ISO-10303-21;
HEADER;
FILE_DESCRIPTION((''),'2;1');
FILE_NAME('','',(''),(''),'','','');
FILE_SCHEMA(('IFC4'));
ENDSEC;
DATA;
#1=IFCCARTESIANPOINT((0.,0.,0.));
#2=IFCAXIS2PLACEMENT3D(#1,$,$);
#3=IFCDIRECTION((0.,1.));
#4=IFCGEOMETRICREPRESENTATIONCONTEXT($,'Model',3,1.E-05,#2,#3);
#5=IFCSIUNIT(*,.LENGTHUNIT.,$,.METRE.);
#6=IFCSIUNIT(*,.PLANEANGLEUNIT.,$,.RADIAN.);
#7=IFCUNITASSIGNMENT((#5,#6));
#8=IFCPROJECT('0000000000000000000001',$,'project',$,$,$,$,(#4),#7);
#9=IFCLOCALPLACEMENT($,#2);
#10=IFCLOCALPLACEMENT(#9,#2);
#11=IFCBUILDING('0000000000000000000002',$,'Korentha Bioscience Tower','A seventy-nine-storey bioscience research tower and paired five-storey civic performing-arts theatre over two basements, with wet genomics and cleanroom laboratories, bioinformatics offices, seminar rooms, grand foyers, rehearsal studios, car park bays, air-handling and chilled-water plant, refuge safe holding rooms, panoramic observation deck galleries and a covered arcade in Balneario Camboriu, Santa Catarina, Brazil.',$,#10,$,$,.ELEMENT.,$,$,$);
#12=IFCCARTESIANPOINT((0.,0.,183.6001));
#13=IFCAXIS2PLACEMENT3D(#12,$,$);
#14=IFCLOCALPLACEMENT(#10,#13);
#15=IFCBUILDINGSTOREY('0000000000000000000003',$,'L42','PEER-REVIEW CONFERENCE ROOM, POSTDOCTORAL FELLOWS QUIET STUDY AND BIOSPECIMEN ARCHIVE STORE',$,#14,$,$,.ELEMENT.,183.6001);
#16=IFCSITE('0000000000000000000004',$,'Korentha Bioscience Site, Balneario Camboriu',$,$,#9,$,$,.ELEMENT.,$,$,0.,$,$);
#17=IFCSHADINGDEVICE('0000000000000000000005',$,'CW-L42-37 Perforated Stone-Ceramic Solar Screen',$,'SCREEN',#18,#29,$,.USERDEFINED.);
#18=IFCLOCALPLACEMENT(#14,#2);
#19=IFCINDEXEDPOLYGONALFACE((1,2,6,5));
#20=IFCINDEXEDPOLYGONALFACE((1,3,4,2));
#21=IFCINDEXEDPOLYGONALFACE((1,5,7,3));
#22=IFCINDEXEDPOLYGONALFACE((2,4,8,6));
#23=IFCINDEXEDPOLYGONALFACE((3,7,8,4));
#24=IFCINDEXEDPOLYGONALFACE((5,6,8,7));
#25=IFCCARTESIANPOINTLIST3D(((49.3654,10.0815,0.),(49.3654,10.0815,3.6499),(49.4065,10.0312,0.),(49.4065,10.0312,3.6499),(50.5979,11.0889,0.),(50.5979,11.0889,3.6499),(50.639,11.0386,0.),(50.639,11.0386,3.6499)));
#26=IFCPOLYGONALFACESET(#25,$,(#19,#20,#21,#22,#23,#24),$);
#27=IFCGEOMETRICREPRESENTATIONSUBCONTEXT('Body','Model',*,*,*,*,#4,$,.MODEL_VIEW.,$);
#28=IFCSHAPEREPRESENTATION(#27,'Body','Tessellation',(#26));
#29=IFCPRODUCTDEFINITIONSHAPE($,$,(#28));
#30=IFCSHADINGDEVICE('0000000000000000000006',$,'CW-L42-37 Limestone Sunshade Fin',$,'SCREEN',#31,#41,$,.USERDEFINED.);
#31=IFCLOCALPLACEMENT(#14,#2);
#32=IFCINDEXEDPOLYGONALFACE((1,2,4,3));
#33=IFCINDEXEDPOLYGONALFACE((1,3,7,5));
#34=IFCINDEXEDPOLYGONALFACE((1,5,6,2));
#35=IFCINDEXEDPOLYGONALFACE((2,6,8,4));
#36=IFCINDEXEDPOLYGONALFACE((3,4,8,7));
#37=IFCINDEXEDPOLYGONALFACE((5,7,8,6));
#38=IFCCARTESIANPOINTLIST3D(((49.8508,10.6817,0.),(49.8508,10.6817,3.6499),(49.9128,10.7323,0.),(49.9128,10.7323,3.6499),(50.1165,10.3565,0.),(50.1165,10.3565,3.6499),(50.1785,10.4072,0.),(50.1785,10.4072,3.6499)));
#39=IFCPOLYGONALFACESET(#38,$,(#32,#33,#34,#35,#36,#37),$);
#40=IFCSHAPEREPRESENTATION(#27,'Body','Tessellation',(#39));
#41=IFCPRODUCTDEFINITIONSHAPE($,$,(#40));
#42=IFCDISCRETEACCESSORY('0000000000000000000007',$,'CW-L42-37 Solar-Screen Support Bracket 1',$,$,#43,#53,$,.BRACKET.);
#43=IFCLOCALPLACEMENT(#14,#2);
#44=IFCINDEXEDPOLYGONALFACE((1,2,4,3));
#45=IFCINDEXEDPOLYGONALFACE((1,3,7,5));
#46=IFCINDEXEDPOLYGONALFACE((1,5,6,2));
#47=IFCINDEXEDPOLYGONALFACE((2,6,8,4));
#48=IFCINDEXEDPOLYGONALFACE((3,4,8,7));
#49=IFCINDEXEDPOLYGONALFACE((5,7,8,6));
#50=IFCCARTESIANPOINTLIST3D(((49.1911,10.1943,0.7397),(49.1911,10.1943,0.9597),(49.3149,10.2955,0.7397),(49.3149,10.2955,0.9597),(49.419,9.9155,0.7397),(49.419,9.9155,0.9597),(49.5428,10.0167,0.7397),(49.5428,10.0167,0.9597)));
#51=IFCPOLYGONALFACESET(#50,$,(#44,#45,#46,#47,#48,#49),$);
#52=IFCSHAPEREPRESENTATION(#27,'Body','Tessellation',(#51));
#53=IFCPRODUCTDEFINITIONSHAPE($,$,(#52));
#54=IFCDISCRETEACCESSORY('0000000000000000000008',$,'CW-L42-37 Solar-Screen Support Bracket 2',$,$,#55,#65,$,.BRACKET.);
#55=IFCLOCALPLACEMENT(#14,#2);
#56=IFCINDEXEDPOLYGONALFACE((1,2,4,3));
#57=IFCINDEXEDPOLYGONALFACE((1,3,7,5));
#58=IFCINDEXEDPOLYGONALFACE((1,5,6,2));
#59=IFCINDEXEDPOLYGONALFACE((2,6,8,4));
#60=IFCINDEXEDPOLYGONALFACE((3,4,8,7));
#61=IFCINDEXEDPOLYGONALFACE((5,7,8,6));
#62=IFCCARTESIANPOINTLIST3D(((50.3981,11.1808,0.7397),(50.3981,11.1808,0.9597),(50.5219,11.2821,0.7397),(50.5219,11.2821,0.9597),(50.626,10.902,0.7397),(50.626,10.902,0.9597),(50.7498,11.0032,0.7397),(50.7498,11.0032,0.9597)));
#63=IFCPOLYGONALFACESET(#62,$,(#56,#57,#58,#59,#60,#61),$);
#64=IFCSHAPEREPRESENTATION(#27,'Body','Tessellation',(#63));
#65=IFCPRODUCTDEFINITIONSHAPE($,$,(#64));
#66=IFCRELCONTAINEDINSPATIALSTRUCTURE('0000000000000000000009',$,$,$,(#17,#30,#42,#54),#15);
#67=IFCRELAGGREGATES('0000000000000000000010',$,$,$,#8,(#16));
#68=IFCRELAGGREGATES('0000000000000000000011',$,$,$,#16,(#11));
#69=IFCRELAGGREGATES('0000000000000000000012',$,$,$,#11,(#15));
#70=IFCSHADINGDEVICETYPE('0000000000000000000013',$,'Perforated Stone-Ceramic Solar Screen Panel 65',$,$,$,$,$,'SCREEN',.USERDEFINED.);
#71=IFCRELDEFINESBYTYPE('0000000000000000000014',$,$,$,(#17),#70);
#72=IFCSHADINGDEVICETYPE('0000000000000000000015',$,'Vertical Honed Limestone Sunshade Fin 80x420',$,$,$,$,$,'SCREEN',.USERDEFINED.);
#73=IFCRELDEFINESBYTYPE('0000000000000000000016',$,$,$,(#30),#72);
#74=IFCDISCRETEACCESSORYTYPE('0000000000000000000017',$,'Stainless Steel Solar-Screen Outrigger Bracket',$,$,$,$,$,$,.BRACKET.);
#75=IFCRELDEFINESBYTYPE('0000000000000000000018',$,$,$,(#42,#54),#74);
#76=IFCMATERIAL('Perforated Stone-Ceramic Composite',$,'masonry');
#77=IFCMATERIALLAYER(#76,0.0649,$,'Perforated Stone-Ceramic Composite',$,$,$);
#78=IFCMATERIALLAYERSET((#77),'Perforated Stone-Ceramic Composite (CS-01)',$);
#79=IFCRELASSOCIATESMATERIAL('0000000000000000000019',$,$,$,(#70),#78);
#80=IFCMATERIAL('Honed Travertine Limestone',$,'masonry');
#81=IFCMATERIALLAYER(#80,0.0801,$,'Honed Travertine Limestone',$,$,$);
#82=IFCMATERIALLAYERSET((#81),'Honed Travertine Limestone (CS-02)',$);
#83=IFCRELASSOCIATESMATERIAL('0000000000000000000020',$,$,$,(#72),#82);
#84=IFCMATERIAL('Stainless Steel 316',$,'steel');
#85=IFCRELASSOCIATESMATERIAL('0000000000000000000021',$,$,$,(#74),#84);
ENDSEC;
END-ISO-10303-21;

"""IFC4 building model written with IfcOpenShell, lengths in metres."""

from ifc_helpers import new_model, si_unit, direction, frame, origin, origin_2d, place, context, subcontext, project, spatial, rectangle, extrude, material, layer, layer_set, type_object, element, save


model = new_model("IFC4")

# Units and contexts
model_context = context("Model", 3, precision=1e-05, world=origin(), true_north=direction((0.0, 1.0)))
body_context = subcontext(model_context, "Body", "Model", "MODEL_VIEW")
ifc_project = project(units=[si_unit("LENGTHUNIT", "METRE"), si_unit("PLANEANGLEUNIT", "RADIAN")], contexts=[model_context])

# Site, building, storey
site_placement = place(None, origin())
site = spatial("IfcSite", under=ifc_project, at=site_placement, Name="Korentha Bioscience Site, Balneario Camboriu", CompositionType="ELEMENT", RefElevation=0.0)
building_placement = place(site_placement, origin())
building = spatial("IfcBuilding", under=site, at=building_placement, Name="Korentha Bioscience Tower", Description="A seventy-nine-storey bioscience research tower and paired five-storey civic performing-arts theatre over two basements, with wet genomics and cleanroom laboratories, bioinformatics offices, seminar rooms, grand foyers, rehearsal studios, car park bays, air-handling and chilled-water plant, refuge safe holding rooms, panoramic observation deck galleries and a covered arcade in Balneario Camboriu, Santa Catarina, Brazil.", CompositionType="ELEMENT")
storey_placement = place(building_placement, frame((0.0, 0.0, 183.6001)))
storey = spatial("IfcBuildingStorey", under=building, at=storey_placement, Name="L42", Description="PEER-REVIEW CONFERENCE ROOM, POSTDOCTORAL FELLOWS QUIET STUDY AND BIOSPECIMEN ARCHIVE STORE", CompositionType="ELEMENT", Elevation=183.6001)

# Shading devices
ifc_material_1 = material(Name="Perforated Stone-Ceramic Composite", Category="masonry")
ifc_layer_1 = layer(ifc_material_1, 0.0649, Name="Perforated Stone-Ceramic Composite")
ifc_layer_set_1 = layer_set([ifc_layer_1], Name="Perforated Stone-Ceramic Composite (CS-01)")
shading_device_type_1 = type_object("IfcShadingDeviceType", Name="Perforated Stone-Ceramic Solar Screen Panel 65", ElementType="SCREEN", PredefinedType="USERDEFINED", material=ifc_layer_set_1)
shading_device_1_placement = place(storey_placement, frame((50.0022, 10.5601, 0.0), z_axis=(0.0, 0.0, 1.0), x_axis=(0.774256, 0.632872, 0.0)))
element("IfcShadingDevice", 1, at=shading_device_1_placement, inside=storey, type_object=shading_device_type_1, Name="CW-L42-37 Perforated Stone-Ceramic Solar Screen", ObjectType="SCREEN", PredefinedType="USERDEFINED", context=body_context, shape_type="SweptSolid", body=[
    extrude(rectangle(XDim=1.5918, YDim=0.0649, at=origin_2d()), origin(), (0.0, 0.0, 1.0), 3.6499),
])
ifc_material_2 = material(Name="Honed Travertine Limestone", Category="masonry")
ifc_layer_2 = layer(ifc_material_2, 0.0801, Name="Honed Travertine Limestone")
ifc_layer_set_2 = layer_set([ifc_layer_2], Name="Honed Travertine Limestone (CS-02)")
shading_device_type_2 = type_object("IfcShadingDeviceType", Name="Vertical Honed Limestone Sunshade Fin 80x420", ElementType="SCREEN", PredefinedType="USERDEFINED", material=ifc_layer_set_2)
shading_device_2_placement = place(storey_placement, frame((50.0146, 10.5444, 0.0), z_axis=(0.0, 0.0, 1.0), x_axis=(0.774256, 0.632872, 0.0)))
element("IfcShadingDevice", 2, at=shading_device_2_placement, inside=storey, type_object=shading_device_type_2, Name="CW-L42-37 Limestone Sunshade Fin", ObjectType="SCREEN", PredefinedType="USERDEFINED", context=body_context, shape_type="SweptSolid", body=[
    extrude(rectangle(XDim=0.0801, YDim=0.4199, at=origin_2d()), origin(), (0.0, 0.0, 1.0), 3.6499),
])

# Discrete accessories
ifc_material_3 = material(Name="Stainless Steel 316", Category="steel")
discrete_accessory_type = type_object("IfcDiscreteAccessoryType", Name="Stainless Steel Solar-Screen Outrigger Bracket", PredefinedType="BRACKET", material=ifc_material_3)
for number, where, z_axis, x_axis, name in (
    (3, (49.3669, 10.1055, 0.7397), (0.0, 0.0, 1.0), (0.774256, 0.632872, 0.0), "CW-L42-37 Solar-Screen Support Bracket 1"),
    (4, (50.574, 11.092, 0.7397), (0.0, 0.0, 1.0), (0.774256, 0.632872, 0.0), "CW-L42-37 Solar-Screen Support Bracket 2"),
):
    element("IfcDiscreteAccessory", number, at=place(storey_placement, frame(where, z_axis=z_axis, x_axis=x_axis)), inside=storey, type_object=discrete_accessory_type, Name=name, PredefinedType="BRACKET", context=body_context, shape_type="SweptSolid", body=[
        extrude(rectangle(XDim=0.1599, YDim=0.3601, at=origin_2d()), origin(), (0.0, 0.0, 1.0), 0.22),
    ])

save(model, "model.ifc")
